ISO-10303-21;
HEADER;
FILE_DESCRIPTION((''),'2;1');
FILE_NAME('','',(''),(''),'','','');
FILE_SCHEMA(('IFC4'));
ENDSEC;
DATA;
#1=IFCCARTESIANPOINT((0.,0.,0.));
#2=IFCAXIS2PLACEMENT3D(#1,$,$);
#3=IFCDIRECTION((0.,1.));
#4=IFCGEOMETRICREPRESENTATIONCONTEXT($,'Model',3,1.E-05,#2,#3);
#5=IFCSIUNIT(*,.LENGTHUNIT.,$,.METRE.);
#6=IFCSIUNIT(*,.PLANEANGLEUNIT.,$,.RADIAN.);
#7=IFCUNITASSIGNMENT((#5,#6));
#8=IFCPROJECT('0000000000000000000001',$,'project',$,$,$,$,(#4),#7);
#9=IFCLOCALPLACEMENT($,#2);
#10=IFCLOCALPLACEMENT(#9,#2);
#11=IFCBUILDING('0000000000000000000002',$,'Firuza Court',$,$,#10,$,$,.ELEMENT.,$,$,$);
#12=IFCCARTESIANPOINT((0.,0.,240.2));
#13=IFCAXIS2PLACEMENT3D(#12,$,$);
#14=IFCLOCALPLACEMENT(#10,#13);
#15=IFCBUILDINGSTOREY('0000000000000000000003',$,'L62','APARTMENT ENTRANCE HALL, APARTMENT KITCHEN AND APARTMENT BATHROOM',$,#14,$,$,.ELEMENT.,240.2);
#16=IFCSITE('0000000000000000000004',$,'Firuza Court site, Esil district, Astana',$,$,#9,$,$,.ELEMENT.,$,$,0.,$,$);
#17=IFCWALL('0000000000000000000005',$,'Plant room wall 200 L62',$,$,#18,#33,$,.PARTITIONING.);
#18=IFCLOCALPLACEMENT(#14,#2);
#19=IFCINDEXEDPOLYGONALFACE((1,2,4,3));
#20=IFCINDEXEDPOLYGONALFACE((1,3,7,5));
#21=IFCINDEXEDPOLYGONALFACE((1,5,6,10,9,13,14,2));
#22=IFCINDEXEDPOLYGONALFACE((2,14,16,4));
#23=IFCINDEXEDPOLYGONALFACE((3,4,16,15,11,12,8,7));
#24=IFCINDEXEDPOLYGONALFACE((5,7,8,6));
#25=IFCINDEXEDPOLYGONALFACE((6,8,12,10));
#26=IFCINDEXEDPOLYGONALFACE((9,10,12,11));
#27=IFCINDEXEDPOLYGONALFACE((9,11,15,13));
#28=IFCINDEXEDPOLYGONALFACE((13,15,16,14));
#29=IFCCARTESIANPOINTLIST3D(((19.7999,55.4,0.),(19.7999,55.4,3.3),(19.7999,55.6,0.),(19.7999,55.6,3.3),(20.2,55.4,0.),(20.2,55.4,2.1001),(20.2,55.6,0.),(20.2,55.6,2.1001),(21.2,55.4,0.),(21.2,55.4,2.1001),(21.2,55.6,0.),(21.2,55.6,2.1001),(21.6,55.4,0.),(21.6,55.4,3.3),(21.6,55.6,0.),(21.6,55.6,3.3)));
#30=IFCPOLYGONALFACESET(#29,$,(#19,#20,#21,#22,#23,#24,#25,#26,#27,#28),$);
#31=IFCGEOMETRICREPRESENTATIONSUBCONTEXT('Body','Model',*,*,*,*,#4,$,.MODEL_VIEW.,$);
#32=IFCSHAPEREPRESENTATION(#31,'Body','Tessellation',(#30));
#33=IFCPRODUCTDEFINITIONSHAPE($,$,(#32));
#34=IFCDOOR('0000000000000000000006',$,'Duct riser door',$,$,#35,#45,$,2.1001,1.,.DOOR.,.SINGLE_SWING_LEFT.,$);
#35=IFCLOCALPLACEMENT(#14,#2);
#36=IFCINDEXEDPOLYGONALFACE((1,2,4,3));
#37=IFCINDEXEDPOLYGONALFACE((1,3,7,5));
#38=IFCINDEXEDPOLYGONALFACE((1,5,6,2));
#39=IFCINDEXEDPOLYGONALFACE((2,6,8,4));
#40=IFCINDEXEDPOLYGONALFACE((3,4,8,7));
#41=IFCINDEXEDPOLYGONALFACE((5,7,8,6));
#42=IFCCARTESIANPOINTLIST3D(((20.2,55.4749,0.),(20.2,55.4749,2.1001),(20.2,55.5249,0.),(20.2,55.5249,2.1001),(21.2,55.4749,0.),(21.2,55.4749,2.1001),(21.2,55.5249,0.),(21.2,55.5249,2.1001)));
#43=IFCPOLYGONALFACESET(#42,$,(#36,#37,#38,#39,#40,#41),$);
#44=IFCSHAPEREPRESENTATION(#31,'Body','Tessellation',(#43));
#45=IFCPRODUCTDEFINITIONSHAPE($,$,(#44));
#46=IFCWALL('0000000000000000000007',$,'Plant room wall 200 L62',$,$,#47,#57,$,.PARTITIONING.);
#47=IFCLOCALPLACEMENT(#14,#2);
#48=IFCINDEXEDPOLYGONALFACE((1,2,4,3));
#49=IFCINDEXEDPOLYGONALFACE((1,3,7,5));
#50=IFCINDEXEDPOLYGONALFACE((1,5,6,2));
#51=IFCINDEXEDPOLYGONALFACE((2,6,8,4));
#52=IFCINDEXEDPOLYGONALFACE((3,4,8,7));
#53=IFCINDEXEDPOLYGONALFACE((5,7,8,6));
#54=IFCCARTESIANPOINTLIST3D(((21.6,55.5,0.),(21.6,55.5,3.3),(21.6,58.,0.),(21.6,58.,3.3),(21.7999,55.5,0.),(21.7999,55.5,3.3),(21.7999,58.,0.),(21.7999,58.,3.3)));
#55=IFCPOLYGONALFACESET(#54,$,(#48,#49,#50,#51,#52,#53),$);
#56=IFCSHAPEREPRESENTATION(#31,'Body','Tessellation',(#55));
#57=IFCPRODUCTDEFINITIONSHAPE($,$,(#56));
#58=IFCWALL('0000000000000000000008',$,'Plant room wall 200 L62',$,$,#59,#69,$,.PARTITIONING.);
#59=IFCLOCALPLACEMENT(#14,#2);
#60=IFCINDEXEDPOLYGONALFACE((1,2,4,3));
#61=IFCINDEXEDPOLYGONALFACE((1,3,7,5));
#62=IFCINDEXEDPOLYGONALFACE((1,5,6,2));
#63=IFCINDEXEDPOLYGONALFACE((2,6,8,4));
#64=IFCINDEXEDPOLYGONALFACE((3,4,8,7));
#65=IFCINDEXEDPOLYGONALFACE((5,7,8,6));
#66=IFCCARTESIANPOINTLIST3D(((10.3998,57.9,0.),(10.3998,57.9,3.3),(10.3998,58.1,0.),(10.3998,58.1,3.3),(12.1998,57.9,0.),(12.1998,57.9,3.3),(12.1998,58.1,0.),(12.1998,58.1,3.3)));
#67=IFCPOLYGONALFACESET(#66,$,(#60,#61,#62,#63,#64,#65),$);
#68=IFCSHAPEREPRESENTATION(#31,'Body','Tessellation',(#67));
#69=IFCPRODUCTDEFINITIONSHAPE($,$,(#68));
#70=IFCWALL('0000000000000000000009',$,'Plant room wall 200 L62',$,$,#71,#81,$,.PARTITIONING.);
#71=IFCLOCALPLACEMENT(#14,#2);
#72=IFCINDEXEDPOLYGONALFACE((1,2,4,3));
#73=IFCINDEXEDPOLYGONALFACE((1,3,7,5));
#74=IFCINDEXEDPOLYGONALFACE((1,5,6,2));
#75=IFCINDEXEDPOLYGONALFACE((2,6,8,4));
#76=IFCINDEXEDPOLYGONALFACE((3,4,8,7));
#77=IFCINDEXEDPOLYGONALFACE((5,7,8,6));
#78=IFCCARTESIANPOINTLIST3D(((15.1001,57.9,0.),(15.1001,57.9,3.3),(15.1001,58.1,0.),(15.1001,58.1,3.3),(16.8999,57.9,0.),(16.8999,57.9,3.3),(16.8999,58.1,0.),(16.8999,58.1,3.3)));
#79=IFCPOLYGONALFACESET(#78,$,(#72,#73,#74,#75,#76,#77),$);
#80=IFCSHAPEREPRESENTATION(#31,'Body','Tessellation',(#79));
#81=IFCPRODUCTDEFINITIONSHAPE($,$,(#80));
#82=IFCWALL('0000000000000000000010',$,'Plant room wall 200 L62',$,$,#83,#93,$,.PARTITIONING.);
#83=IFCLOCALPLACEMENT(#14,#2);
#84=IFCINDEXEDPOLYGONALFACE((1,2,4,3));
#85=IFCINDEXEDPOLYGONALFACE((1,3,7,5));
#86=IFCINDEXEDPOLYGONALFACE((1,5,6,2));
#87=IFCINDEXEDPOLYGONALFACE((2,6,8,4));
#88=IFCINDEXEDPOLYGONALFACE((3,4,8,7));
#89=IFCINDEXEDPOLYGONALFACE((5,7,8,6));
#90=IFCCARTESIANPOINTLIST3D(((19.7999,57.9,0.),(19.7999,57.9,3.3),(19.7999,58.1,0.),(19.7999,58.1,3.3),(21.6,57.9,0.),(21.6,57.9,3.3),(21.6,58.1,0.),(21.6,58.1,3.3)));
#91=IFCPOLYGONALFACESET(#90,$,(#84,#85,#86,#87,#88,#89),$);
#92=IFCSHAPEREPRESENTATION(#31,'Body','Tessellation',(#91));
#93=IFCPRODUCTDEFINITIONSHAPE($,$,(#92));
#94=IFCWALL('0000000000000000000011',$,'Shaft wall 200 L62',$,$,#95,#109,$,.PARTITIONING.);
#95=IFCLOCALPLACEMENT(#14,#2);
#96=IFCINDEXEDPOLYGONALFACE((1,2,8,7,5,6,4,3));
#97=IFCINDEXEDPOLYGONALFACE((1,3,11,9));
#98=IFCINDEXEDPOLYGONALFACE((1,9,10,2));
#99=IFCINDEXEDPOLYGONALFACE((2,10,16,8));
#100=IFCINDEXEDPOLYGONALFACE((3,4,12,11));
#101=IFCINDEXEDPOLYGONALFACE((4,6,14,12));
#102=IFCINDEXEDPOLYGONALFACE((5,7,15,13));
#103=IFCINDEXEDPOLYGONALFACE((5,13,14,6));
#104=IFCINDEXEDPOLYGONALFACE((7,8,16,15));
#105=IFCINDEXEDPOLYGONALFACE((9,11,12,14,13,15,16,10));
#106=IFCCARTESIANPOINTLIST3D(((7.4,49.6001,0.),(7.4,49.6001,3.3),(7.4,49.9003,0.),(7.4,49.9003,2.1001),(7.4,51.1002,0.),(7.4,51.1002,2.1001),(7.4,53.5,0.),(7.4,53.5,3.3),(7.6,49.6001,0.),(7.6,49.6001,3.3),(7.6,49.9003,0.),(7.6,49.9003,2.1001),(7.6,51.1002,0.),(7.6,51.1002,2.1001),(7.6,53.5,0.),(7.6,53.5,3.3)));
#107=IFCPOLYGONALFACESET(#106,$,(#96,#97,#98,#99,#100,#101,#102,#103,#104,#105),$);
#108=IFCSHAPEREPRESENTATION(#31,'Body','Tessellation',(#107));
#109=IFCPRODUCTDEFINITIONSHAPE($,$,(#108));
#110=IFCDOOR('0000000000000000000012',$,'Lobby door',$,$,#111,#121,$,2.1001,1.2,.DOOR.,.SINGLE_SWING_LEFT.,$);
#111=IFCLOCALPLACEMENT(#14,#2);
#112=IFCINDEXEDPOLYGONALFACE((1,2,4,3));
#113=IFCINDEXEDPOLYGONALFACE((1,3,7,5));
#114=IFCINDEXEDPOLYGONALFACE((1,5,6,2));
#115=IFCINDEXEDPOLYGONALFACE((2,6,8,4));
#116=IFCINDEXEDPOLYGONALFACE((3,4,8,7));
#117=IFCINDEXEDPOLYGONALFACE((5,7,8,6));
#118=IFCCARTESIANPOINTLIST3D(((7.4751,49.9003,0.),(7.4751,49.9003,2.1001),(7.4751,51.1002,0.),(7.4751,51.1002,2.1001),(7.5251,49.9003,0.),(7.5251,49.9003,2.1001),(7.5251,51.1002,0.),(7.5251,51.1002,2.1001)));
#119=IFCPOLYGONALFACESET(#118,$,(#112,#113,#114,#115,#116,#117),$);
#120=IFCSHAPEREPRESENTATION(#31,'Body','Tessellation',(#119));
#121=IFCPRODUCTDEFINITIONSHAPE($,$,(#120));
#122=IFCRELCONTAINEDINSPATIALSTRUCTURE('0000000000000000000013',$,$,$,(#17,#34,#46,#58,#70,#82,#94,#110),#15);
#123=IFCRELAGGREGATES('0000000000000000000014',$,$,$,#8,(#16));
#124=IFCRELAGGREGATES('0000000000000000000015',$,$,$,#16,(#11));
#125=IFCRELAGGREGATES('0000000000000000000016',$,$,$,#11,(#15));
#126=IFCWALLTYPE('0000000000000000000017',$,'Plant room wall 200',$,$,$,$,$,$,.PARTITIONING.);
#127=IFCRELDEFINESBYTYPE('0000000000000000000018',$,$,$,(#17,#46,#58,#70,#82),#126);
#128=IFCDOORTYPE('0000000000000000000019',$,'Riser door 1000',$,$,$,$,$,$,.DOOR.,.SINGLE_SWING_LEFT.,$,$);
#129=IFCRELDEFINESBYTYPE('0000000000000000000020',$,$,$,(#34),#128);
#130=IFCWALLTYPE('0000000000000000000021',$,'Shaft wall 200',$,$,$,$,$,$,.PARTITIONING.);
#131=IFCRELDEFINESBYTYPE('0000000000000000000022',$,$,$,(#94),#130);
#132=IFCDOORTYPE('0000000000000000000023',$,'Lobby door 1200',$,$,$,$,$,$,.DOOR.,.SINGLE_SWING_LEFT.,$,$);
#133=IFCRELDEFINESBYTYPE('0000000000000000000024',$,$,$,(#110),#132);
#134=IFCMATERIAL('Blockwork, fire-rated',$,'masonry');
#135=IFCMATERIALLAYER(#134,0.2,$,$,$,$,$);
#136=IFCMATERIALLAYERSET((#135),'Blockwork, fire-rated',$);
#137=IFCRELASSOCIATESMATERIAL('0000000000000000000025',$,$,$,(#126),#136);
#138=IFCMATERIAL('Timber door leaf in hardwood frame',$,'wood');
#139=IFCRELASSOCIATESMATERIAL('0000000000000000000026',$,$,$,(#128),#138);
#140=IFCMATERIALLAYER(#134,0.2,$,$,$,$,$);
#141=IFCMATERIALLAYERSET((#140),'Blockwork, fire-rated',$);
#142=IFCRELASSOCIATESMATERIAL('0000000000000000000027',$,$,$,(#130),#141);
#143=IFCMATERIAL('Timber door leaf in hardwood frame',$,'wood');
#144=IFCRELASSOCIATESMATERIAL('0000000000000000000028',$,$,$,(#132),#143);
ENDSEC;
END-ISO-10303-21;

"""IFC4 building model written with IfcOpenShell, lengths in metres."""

from ifc_helpers import new_model, si_unit, direction, frame, frame_2d, origin, place, context, subcontext, project, spatial, rectangle, extrude, material, layer, layer_set, type_object, element, fill, save


model = new_model("IFC4")

# Units and contexts
model_context = context("Model", 3, precision=1e-05, world=origin(), true_north=direction((0.0, 1.0)))
body_context = subcontext(model_context, "Body", "Model", "MODEL_VIEW")
ifc_project = project(units=[si_unit("LENGTHUNIT", "METRE"), si_unit("PLANEANGLEUNIT", "RADIAN")], contexts=[model_context])

# Site, building, storey
site_placement = place(None, origin())
site = spatial("IfcSite", under=ifc_project, at=site_placement, Name="Firuza Court site, Esil district, Astana", CompositionType="ELEMENT", RefElevation=0.0)
building_placement = place(site_placement, origin())
building = spatial("IfcBuilding", under=site, at=building_placement, Name="Firuza Court", CompositionType="ELEMENT")
storey_placement = place(building_placement, frame((0.0, 0.0, 240.2)))
storey = spatial("IfcBuildingStorey", under=building, at=storey_placement, Name="L62", Description="APARTMENT ENTRANCE HALL, APARTMENT KITCHEN AND APARTMENT BATHROOM", CompositionType="ELEMENT", Elevation=240.2)

# Shared definitions
ifc_material_1 = material(Name="Blockwork, fire-rated", Category="masonry")
ifc_layer_1 = layer(ifc_material_1, 0.2)
ifc_layer_set_1 = layer_set([ifc_layer_1], Name="Blockwork, fire-rated")
wall_type_1 = type_object("IfcWallType", Name="Plant room wall 200", PredefinedType="PARTITIONING", material=ifc_layer_set_1)

# Shared definitions
ifc_material_2 = material(Name="Timber door leaf in hardwood frame", Category="wood")
door_type_1 = type_object("IfcDoorType", Name="Riser door 1000", OperationType="SINGLE_SWING_LEFT", PredefinedType="DOOR", material=ifc_material_2)

# Wall, opening, door
wall_1_placement = place(storey_placement, frame((19.8, 55.5, 0.0), z_axis=(0.0, 0.0, 1.0), x_axis=(1.0, 0.0, 0.0)))
wall_1 = element("IfcWall", 1, at=wall_1_placement, inside=storey, type_object=wall_type_1, Name="Plant room wall 200 L62", PredefinedType="PARTITIONING", context=body_context, shape_type="SweptSolid", body=[
    extrude(rectangle(XDim=1.8, YDim=0.2, at=frame_2d((0.8999, 0.0))), origin(), (0.0, 0.0, 1.0), 3.3),
])
opening_1_placement = place(wall_1_placement, frame((0.3999, 0.0, 0.0)))
opening_1 = element("IfcOpeningElement", 2, at=opening_1_placement, cuts=wall_1, PredefinedType="OPENING", context=body_context, shape_type="SweptSolid", body=[
    extrude(rectangle(XDim=1.0, YDim=2.1001, at=frame_2d((0.5, 1.05))), frame((0.0, 0.1118, 0.0), z_axis=(0.0, -1.0, 0.0), x_axis=(1.0, 0.0, 0.0)), (0.0, 0.0, 1.0), 0.2239),
])
door_1_placement = place(opening_1_placement, origin())
door_1 = element("IfcDoor", 3, at=door_1_placement, inside=storey, type_object=door_type_1, Name="Duct riser door", OperationType="SINGLE_SWING_LEFT", OverallHeight=2.1001, OverallWidth=1.0, PredefinedType="DOOR", context=body_context, shape_type="SweptSolid", body=[
    extrude(rectangle(XDim=1.0, YDim=2.1001, at=frame_2d((0.5, 1.05))), frame((0.0, 0.0249, 0.0), z_axis=(0.0, -1.0, 0.0), x_axis=(1.0, 0.0, 0.0)), (0.0, 0.0, 1.0), 0.05),
])
fill(opening_1, door_1)

# Walls
wall_2_placement = place(storey_placement, frame((21.7, 55.5, 0.0), z_axis=(0.0, 0.0, 1.0), x_axis=(0.0, 1.0, 0.0)))
element("IfcWall", 4, at=wall_2_placement, inside=storey, type_object=wall_type_1, Name="Plant room wall 200 L62", PredefinedType="PARTITIONING", context=body_context, shape_type="SweptSolid", body=[
    extrude(rectangle(XDim=2.5, YDim=0.2, at=frame_2d((1.25, 0.0))), origin(), (0.0, 0.0, 1.0), 3.3),
])
wall_3_placement = place(storey_placement, frame((10.3999, 58.0, 0.0), z_axis=(0.0, 0.0, 1.0), x_axis=(1.0, 0.0, 0.0)))
element("IfcWall", 5, at=wall_3_placement, inside=storey, type_object=wall_type_1, Name="Plant room wall 200 L62", PredefinedType="PARTITIONING", context=body_context, shape_type="SweptSolid", body=[
    extrude(rectangle(XDim=1.8, YDim=0.2, at=frame_2d((0.8999, 0.0))), origin(), (0.0, 0.0, 1.0), 3.3),
])
wall_4_placement = place(storey_placement, frame((15.1001, 58.0, 0.0), z_axis=(0.0, 0.0, 1.0), x_axis=(1.0, 0.0, 0.0)))
element("IfcWall", 6, at=wall_4_placement, inside=storey, type_object=wall_type_1, Name="Plant room wall 200 L62", PredefinedType="PARTITIONING", context=body_context, shape_type="SweptSolid", body=[
    extrude(rectangle(XDim=1.7998, YDim=0.2, at=frame_2d((0.8999, 0.0))), origin(), (0.0, 0.0, 1.0), 3.3),
])
wall_5_placement = place(storey_placement, frame((19.8, 58.0, 0.0), z_axis=(0.0, 0.0, 1.0), x_axis=(1.0, 0.0, 0.0)))
element("IfcWall", 7, at=wall_5_placement, inside=storey, type_object=wall_type_1, Name="Plant room wall 200 L62", PredefinedType="PARTITIONING", context=body_context, shape_type="SweptSolid", body=[
    extrude(rectangle(XDim=1.8, YDim=0.2, at=frame_2d((0.8999, 0.0))), origin(), (0.0, 0.0, 1.0), 3.3),
])

# Wall, opening, door
ifc_layer_2 = layer(ifc_material_1, 0.2)
ifc_layer_set_2 = layer_set([ifc_layer_2], Name="Blockwork, fire-rated")
wall_type_2 = type_object("IfcWallType", Name="Shaft wall 200", PredefinedType="PARTITIONING", material=ifc_layer_set_2)
wall_6_placement = place(storey_placement, frame((7.5, 49.6001, 0.0), z_axis=(0.0, 0.0, 1.0), x_axis=(0.0, 1.0, 0.0)))
wall_6 = element("IfcWall", 8, at=wall_6_placement, inside=storey, type_object=wall_type_2, Name="Shaft wall 200 L62", PredefinedType="PARTITIONING", context=body_context, shape_type="SweptSolid", body=[
    extrude(rectangle(XDim=3.8999, YDim=0.2, at=frame_2d((1.95, 0.0))), origin(), (0.0, 0.0, 1.0), 3.3),
])
opening_2_placement = place(wall_6_placement, frame((0.3, 0.0, 0.0)))
opening_2 = element("IfcOpeningElement", 9, at=opening_2_placement, cuts=wall_6, PredefinedType="OPENING", context=body_context, shape_type="SweptSolid", body=[
    extrude(rectangle(XDim=1.2, YDim=2.1001, at=frame_2d((0.6001, 1.05))), frame((0.0, 0.1118, 0.0), z_axis=(0.0, -1.0, 0.0), x_axis=(1.0, 0.0, 0.0)), (0.0, 0.0, 1.0), 0.2239),
])
ifc_material_3 = material(Name="Timber door leaf in hardwood frame", Category="wood")
door_type_2 = type_object("IfcDoorType", Name="Lobby door 1200", OperationType="SINGLE_SWING_LEFT", PredefinedType="DOOR", material=ifc_material_3)
door_2_placement = place(opening_2_placement, origin())
door_2 = element("IfcDoor", 10, at=door_2_placement, inside=storey, type_object=door_type_2, Name="Lobby door", OperationType="SINGLE_SWING_LEFT", OverallHeight=2.1001, OverallWidth=1.2, PredefinedType="DOOR", context=body_context, shape_type="SweptSolid", body=[
    extrude(rectangle(XDim=1.2, YDim=2.1001, at=frame_2d((0.6001, 1.05))), frame((0.0, 0.0249, 0.0), z_axis=(0.0, -1.0, 0.0), x_axis=(1.0, 0.0, 0.0)), (0.0, 0.0, 1.0), 0.05),
])
fill(opening_2, door_2)

save(model, "model.ifc")
